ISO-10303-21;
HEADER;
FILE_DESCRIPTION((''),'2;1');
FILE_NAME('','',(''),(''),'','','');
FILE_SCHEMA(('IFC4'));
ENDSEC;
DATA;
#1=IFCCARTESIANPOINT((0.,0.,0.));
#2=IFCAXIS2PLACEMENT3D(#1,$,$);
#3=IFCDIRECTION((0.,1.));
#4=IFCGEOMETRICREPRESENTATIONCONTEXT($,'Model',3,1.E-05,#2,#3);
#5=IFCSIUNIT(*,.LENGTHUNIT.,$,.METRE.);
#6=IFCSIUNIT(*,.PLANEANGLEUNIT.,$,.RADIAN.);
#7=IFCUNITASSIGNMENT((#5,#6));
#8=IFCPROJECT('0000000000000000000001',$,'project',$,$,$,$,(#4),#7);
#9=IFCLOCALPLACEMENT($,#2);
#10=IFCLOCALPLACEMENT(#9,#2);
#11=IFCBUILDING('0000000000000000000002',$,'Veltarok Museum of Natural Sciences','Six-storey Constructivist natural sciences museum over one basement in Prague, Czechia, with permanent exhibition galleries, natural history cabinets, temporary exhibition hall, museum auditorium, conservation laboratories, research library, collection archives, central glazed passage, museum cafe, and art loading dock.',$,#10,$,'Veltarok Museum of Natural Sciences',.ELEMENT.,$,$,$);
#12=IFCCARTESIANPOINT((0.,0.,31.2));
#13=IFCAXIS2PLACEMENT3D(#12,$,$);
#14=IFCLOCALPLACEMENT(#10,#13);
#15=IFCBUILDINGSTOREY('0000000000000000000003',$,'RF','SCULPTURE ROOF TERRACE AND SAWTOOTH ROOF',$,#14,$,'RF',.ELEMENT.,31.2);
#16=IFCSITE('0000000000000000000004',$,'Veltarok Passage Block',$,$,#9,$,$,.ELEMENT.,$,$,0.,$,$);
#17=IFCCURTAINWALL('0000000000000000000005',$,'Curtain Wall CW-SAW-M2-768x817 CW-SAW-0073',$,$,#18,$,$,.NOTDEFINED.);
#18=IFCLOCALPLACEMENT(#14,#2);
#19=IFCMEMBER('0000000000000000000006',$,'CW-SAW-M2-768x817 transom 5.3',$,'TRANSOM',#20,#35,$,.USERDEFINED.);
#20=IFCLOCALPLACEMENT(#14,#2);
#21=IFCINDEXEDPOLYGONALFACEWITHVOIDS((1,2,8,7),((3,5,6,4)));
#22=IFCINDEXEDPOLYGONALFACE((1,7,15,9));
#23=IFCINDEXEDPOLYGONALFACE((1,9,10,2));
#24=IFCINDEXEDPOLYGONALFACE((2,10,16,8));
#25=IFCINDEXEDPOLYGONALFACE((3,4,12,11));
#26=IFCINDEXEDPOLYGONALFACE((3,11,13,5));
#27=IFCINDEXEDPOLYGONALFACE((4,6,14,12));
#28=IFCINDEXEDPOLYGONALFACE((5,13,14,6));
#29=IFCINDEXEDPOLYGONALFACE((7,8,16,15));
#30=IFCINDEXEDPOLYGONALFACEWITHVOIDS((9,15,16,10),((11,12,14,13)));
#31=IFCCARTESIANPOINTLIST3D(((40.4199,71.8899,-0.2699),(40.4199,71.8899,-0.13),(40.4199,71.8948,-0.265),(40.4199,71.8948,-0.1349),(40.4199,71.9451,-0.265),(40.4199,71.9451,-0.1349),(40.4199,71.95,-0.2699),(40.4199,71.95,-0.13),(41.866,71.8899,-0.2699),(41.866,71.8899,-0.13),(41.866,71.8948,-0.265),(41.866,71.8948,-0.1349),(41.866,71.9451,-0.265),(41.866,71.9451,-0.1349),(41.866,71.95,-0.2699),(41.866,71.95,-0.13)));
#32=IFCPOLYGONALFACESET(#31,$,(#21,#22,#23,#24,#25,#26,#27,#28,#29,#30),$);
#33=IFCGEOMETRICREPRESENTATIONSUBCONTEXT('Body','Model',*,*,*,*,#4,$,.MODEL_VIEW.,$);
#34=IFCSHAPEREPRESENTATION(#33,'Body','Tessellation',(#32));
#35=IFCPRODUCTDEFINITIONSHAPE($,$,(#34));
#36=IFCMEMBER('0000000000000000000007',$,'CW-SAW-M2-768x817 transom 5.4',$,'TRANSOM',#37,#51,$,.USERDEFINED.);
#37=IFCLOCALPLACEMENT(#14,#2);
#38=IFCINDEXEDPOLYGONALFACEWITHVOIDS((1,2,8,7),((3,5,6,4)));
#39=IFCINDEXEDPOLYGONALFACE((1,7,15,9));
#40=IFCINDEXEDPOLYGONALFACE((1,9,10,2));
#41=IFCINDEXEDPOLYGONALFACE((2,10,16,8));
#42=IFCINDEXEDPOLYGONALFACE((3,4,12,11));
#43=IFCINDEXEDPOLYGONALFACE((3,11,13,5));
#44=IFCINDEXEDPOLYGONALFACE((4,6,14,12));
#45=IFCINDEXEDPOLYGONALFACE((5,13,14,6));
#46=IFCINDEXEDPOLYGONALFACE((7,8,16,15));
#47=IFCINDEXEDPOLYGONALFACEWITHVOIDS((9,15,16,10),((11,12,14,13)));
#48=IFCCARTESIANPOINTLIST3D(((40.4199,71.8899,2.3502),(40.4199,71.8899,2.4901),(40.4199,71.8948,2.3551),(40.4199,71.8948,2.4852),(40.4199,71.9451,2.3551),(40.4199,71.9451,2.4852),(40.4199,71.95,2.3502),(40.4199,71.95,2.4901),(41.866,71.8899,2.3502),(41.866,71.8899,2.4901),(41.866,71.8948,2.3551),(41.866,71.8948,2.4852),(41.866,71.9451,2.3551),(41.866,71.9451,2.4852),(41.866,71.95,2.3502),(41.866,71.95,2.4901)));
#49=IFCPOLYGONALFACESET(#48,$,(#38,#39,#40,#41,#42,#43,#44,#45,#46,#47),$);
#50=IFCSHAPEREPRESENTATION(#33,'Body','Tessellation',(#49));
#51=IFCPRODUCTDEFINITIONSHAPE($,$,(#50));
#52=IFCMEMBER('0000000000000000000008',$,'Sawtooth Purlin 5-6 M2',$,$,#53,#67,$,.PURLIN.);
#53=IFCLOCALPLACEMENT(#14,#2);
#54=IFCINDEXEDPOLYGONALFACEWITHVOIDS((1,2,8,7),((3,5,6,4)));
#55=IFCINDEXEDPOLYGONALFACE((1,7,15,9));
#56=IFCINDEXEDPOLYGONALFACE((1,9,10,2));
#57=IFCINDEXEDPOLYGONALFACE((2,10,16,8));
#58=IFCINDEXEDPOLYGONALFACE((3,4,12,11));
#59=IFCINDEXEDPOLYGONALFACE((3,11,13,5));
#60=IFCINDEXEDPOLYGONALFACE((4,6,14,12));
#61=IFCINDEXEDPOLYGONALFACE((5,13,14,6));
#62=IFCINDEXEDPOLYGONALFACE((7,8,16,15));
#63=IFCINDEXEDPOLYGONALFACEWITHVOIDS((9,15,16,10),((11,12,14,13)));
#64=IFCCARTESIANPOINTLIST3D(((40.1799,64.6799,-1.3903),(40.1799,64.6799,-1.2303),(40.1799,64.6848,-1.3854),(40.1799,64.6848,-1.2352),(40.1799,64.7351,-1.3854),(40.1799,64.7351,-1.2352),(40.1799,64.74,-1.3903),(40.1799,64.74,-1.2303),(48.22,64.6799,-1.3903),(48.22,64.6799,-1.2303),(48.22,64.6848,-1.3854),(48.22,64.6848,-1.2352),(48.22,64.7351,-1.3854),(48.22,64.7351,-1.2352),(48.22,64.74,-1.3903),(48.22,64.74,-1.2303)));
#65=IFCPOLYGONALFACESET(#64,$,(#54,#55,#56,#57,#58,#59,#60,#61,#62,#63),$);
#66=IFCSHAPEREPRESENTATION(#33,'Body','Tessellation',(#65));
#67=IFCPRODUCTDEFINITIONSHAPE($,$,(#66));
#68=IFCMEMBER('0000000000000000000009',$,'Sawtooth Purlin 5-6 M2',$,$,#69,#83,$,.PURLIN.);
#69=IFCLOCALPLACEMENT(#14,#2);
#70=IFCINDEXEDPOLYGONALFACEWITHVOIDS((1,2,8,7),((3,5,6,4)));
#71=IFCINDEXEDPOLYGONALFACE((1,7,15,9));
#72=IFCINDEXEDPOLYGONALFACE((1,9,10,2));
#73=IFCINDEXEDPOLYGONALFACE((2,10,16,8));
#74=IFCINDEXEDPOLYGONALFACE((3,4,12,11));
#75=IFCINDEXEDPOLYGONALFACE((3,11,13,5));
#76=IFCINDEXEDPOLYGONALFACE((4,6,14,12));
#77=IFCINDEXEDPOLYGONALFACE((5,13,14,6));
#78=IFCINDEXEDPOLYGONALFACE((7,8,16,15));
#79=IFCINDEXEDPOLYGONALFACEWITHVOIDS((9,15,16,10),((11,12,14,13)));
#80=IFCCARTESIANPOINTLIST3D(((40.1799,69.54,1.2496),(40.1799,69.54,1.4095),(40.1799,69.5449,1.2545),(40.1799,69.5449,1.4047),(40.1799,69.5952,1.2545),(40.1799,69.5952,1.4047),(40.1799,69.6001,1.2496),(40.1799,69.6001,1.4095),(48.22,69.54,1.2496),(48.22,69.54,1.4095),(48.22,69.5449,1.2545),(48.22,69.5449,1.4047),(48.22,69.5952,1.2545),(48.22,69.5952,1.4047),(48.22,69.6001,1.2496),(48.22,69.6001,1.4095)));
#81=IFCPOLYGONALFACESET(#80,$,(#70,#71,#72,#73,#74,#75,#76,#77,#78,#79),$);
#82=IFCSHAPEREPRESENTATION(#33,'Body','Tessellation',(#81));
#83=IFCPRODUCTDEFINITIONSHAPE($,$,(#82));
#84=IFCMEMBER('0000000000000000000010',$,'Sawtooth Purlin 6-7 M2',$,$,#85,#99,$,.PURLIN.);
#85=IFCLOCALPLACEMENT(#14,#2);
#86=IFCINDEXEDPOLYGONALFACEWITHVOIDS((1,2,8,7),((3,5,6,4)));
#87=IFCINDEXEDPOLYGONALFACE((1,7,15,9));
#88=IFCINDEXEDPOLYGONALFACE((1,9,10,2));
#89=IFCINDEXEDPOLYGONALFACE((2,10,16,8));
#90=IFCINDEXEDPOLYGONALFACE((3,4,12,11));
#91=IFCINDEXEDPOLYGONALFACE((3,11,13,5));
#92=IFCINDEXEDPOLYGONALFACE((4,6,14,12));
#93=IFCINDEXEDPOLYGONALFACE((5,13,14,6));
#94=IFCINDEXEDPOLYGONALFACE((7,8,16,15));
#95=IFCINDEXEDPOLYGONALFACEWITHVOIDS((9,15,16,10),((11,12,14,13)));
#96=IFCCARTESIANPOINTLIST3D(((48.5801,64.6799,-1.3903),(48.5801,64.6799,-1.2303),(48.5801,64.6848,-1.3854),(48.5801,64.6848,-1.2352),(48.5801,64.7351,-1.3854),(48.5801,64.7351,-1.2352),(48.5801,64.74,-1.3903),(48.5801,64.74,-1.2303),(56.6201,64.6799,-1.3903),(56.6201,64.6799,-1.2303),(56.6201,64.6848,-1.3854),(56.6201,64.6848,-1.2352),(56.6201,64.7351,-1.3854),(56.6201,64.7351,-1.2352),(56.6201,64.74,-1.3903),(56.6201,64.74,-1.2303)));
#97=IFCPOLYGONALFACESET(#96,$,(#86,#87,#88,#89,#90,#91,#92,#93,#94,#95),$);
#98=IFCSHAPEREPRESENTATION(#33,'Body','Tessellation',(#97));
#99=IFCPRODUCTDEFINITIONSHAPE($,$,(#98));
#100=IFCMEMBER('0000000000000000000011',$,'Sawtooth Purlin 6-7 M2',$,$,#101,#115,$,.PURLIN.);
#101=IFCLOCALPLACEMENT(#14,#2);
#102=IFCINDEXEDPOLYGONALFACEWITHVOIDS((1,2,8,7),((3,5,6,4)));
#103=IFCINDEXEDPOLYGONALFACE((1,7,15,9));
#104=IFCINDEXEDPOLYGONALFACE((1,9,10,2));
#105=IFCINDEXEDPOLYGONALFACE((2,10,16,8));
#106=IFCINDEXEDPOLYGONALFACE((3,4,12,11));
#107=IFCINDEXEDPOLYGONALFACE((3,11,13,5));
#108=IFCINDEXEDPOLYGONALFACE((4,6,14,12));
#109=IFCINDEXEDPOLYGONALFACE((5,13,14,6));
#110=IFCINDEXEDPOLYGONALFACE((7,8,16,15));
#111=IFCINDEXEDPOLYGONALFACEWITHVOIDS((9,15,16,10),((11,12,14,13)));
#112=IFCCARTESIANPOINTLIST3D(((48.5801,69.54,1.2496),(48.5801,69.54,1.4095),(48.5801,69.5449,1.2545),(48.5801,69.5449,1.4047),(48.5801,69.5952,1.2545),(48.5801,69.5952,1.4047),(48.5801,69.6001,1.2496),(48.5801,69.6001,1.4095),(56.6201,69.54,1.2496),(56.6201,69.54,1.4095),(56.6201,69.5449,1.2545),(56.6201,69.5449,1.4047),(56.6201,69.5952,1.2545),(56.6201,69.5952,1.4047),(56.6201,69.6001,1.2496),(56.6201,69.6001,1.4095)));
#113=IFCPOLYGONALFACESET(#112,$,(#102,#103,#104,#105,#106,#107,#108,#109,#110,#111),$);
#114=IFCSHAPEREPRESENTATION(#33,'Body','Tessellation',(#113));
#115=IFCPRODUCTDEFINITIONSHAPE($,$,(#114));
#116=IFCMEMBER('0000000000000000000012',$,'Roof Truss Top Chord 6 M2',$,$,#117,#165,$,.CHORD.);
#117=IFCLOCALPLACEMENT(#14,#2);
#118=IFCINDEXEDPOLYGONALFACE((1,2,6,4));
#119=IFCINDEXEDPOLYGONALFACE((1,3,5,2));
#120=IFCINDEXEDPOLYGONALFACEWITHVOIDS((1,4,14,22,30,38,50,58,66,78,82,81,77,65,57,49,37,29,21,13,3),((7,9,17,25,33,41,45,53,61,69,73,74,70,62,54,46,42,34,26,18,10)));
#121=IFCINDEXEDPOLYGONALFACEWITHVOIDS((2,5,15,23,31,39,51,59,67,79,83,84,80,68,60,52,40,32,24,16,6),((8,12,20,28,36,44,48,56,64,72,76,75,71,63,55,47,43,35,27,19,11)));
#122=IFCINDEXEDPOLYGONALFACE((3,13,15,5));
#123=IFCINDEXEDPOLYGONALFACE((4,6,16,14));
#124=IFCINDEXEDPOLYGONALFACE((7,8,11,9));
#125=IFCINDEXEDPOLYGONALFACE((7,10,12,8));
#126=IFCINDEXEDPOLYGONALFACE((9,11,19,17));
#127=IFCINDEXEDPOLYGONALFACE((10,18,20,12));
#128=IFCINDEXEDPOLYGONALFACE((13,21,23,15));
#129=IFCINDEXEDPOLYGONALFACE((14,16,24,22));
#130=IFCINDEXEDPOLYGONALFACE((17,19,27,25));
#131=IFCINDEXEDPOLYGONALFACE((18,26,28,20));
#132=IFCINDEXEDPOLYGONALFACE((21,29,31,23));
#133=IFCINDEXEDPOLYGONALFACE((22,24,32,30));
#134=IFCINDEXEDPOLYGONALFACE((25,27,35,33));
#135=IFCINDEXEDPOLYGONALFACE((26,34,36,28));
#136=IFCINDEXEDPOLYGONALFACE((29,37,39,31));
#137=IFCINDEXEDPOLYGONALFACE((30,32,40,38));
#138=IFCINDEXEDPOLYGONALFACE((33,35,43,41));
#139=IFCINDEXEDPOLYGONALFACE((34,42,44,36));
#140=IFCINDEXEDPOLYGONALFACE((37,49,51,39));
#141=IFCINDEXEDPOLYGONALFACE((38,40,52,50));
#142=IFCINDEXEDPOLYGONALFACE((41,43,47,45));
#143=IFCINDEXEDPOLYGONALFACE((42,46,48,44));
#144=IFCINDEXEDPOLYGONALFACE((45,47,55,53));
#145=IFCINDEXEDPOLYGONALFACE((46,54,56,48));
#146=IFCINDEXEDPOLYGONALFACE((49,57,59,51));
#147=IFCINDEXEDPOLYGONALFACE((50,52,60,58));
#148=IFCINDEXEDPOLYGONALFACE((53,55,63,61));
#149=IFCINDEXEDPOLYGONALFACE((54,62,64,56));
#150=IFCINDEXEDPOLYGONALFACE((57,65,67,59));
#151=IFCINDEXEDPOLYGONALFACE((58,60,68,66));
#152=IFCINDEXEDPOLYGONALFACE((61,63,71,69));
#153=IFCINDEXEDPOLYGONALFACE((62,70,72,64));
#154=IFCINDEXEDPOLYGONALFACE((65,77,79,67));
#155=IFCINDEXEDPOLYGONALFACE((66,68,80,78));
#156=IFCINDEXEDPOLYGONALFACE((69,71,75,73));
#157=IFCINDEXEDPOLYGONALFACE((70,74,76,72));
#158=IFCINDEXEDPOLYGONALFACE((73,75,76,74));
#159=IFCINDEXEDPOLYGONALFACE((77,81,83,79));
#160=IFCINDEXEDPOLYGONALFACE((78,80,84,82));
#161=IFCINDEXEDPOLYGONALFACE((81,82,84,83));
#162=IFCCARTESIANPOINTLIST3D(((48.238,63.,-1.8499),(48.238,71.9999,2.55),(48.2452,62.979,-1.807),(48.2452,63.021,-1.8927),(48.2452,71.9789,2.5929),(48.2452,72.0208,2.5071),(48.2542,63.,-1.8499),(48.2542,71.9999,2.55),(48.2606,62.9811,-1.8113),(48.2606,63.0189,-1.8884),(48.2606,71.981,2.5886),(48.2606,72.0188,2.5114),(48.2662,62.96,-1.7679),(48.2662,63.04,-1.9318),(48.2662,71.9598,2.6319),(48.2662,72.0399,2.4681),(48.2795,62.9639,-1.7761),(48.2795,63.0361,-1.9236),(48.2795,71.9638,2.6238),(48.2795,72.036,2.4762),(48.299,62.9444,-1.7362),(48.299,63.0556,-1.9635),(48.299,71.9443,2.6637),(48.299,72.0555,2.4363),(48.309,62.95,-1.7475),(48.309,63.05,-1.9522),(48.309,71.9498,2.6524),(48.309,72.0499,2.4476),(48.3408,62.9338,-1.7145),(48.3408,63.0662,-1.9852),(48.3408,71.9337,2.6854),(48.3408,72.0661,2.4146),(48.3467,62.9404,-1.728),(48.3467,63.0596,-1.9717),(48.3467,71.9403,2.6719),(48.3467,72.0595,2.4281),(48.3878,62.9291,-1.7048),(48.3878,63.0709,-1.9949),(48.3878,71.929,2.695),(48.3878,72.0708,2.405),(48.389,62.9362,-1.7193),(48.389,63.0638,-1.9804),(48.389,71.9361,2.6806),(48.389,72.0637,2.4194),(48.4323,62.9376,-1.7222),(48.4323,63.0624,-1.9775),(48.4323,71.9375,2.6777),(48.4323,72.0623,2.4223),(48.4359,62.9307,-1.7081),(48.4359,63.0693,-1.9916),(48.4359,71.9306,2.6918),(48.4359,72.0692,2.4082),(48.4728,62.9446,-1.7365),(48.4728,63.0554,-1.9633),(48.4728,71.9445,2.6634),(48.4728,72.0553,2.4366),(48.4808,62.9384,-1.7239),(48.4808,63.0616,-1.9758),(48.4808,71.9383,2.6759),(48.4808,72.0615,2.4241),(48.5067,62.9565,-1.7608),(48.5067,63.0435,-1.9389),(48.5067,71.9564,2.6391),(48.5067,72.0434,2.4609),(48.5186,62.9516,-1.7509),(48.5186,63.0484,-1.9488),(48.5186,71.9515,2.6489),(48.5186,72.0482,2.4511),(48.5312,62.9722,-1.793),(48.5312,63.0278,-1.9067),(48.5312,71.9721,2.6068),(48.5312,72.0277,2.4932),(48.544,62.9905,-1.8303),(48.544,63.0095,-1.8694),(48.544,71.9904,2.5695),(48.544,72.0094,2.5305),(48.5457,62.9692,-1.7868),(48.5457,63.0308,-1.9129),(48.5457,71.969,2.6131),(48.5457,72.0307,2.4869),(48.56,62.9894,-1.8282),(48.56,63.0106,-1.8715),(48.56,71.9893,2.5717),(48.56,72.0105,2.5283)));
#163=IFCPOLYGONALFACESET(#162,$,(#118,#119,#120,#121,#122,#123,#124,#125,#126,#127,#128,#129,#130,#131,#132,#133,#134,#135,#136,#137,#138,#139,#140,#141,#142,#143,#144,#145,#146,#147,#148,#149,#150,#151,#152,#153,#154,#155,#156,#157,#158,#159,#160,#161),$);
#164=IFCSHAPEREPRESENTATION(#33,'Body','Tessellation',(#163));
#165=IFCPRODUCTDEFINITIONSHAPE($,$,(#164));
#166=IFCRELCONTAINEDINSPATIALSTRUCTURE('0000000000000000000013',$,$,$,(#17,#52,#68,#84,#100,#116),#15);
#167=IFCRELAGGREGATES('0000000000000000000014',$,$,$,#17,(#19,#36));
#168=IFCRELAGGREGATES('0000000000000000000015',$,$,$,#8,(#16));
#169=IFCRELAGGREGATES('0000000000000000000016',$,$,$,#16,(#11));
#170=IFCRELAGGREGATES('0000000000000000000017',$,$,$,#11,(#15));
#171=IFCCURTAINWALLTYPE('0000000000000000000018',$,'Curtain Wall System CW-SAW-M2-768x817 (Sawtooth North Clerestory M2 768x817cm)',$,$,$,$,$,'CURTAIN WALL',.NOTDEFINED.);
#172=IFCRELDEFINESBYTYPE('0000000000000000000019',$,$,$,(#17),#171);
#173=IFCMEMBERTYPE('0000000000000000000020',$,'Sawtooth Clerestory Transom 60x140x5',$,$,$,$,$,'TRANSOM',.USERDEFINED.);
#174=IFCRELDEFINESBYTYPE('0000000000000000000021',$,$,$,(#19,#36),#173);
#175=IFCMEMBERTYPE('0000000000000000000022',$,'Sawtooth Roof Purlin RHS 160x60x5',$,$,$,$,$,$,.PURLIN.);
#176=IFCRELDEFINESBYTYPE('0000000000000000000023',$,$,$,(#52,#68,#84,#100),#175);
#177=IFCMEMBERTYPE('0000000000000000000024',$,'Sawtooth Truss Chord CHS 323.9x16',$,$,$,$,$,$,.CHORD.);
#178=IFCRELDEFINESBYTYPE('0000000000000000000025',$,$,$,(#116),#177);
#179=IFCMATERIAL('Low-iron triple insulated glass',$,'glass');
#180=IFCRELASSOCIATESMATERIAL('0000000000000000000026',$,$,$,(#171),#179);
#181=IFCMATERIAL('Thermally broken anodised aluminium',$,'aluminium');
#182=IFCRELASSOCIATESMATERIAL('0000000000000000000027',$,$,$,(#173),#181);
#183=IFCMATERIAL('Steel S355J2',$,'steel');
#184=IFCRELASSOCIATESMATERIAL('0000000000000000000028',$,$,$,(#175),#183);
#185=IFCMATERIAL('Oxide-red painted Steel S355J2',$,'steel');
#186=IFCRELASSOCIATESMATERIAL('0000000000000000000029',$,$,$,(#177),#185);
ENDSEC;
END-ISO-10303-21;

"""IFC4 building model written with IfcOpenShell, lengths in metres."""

from ifc_helpers import new_model, si_unit, direction, frame, origin, origin_2d, place, context, subcontext, project, spatial, hollow_rectangle, hollow_circle, extrude, material, material_profile, profile_set, type_object, element, aggregate, save


model = new_model("IFC4")

# Units and contexts
model_context = context("Model", 3, precision=1e-05, world=origin(), true_north=direction((0.0, 1.0)))
body_context = subcontext(model_context, "Body", "Model", "MODEL_VIEW")
ifc_project = project(units=[si_unit("LENGTHUNIT", "METRE"), si_unit("PLANEANGLEUNIT", "RADIAN")], contexts=[model_context])

# Site, building, storey
site_placement = place(None, origin())
site = spatial("IfcSite", under=ifc_project, at=site_placement, Name="Veltarok Passage Block", CompositionType="ELEMENT", RefElevation=0.0)
building_placement = place(site_placement, origin())
building = spatial("IfcBuilding", under=site, at=building_placement, Name="Veltarok Museum of Natural Sciences", Description="Six-storey Constructivist natural sciences museum over one basement in Prague, Czechia, with permanent exhibition galleries, natural history cabinets, temporary exhibition hall, museum auditorium, conservation laboratories, research library, collection archives, central glazed passage, museum cafe, and art loading dock.", LongName="Veltarok Museum of Natural Sciences", CompositionType="ELEMENT")
storey_placement = place(building_placement, frame((0.0, 0.0, 31.2)))
storey = spatial("IfcBuildingStorey", under=building, at=storey_placement, Name="RF", Description="SCULPTURE ROOF TERRACE AND SAWTOOTH ROOF", LongName="RF", CompositionType="ELEMENT", Elevation=31.2)

# Curtain wall, members
ifc_material_1 = material(Name="Low-iron triple insulated glass", Category="glass")
curtain_wall_type = type_object("IfcCurtainWallType", Name="Curtain Wall System CW-SAW-M2-768x817 (Sawtooth North Clerestory M2 768x817cm)", ElementType="CURTAIN WALL", PredefinedType="NOTDEFINED", material=ifc_material_1)
curtain_wall_placement = place(storey_placement, origin())
curtain_wall = element("IfcCurtainWall", 1, at=curtain_wall_placement, inside=storey, type_object=curtain_wall_type, Name="Curtain Wall CW-SAW-M2-768x817 CW-SAW-0073", PredefinedType="NOTDEFINED")
ifc_material_2 = material(Name="Thermally broken anodised aluminium", Category="aluminium")
ifc_material_profile_1 = material_profile(ifc_material_2, hollow_rectangle(XDim=0.0601, YDim=0.1399, WallThickness=0.0049, at=origin_2d()), Name="CW TRANSOM 60x140x5")
ifc_profile_set_1 = profile_set([ifc_material_profile_1], Name="Thermally broken anodised aluminium")
member_type_1 = type_object("IfcMemberType", Name="Sawtooth Clerestory Transom 60x140x5", ElementType="TRANSOM", PredefinedType="USERDEFINED", material=ifc_profile_set_1)
member_1_placement = place(storey_placement, frame((41.866, 71.9199, -0.2), z_axis=(-1.0, 0.0, 0.0), x_axis=(0.0, -1.0, 0.0)))
member_1 = element("IfcMember", 2, at=member_1_placement, type_object=member_type_1, Name="CW-SAW-M2-768x817 transom 5.3", ObjectType="TRANSOM", PredefinedType="USERDEFINED", context=body_context, shape_type="SweptSolid", body=[
    extrude(hollow_rectangle(XDim=0.0601, YDim=0.1399, WallThickness=0.0049, at=origin_2d()), origin(), (0.0, 0.0, 1.0), 1.446),
])
member_2_placement = place(storey_placement, frame((41.866, 71.9199, 2.4202), z_axis=(-1.0, 0.0, 0.0), x_axis=(0.0, -1.0, 0.0)))
member_2 = element("IfcMember", 3, at=member_2_placement, type_object=member_type_1, Name="CW-SAW-M2-768x817 transom 5.4", ObjectType="TRANSOM", PredefinedType="USERDEFINED", context=body_context, shape_type="SweptSolid", body=[
    extrude(hollow_rectangle(XDim=0.0601, YDim=0.1399, WallThickness=0.0049, at=origin_2d()), origin(), (0.0, 0.0, 1.0), 1.446),
])

# Members
ifc_material_3 = material(Name="Steel S355J2", Category="steel")
ifc_material_profile_2 = material_profile(ifc_material_3, hollow_rectangle(XDim=0.0601, YDim=0.1599, WallThickness=0.0049, at=origin_2d()), Name="RHS 160x60x5")
ifc_profile_set_2 = profile_set([ifc_material_profile_2], Name="Steel S355J2")
member_type_2 = type_object("IfcMemberType", Name="Sawtooth Roof Purlin RHS 160x60x5", PredefinedType="PURLIN", material=ifc_profile_set_2)
for number, where, z_axis, x_axis, name in (
    (4, (40.1799, 64.71, -1.3103), (1.0, 0.0, 0.0), (0.0, 1.0, 0.0), "Sawtooth Purlin 5-6 M2"),
    (5, (40.1799, 69.5701, 1.3296), (1.0, 0.0, 0.0), (0.0, 1.0, 0.0), "Sawtooth Purlin 5-6 M2"),
    (6, (48.5801, 64.71, -1.3103), (1.0, 0.0, 0.0), (0.0, 1.0, 0.0), "Sawtooth Purlin 6-7 M2"),
    (7, (48.5801, 69.5701, 1.3296), (1.0, 0.0, 0.0), (0.0, 1.0, 0.0), "Sawtooth Purlin 6-7 M2"),
):
    element("IfcMember", number, at=place(storey_placement, frame(where, z_axis=z_axis, x_axis=x_axis)), inside=storey, type_object=member_type_2, Name=name, PredefinedType="PURLIN", context=body_context, shape_type="SweptSolid", body=[
        extrude(hollow_rectangle(XDim=0.0601, YDim=0.1599, WallThickness=0.0049, at=origin_2d()), origin(), (0.0, 0.0, 1.0), 8.04),
    ])
ifc_material_4 = material(Name="Oxide-red painted Steel S355J2", Category="steel")
ifc_material_profile_3 = material_profile(ifc_material_4, hollow_circle(Radius=0.1619, WallThickness=0.0161, at=origin_2d()), Name="CHS 323.9x16")
ifc_profile_set_3 = profile_set([ifc_material_profile_3], Name="Oxide-red painted Steel S355J2")
member_type_3 = type_object("IfcMemberType", Name="Sawtooth Truss Chord CHS 323.9x16", PredefinedType="CHORD", material=ifc_profile_set_3)
member_3_placement = place(storey_placement, frame((48.3999, 63.0, -1.8499), z_axis=(0.0, 0.898388, 0.439202), x_axis=(-1.0, 0.0, 0.0)))
element("IfcMember", 8, at=member_3_placement, inside=storey, type_object=member_type_3, Name="Roof Truss Top Chord 6 M2", PredefinedType="CHORD", context=body_context, shape_type="SweptSolid", body=[
    extrude(hollow_circle(Radius=0.1619, WallThickness=0.0161, at=origin_2d()), origin(), (0.0, 0.0, 1.0), 10.0178),
])

aggregate(curtain_wall, [member_1, member_2])

save(model, "model.ifc")
